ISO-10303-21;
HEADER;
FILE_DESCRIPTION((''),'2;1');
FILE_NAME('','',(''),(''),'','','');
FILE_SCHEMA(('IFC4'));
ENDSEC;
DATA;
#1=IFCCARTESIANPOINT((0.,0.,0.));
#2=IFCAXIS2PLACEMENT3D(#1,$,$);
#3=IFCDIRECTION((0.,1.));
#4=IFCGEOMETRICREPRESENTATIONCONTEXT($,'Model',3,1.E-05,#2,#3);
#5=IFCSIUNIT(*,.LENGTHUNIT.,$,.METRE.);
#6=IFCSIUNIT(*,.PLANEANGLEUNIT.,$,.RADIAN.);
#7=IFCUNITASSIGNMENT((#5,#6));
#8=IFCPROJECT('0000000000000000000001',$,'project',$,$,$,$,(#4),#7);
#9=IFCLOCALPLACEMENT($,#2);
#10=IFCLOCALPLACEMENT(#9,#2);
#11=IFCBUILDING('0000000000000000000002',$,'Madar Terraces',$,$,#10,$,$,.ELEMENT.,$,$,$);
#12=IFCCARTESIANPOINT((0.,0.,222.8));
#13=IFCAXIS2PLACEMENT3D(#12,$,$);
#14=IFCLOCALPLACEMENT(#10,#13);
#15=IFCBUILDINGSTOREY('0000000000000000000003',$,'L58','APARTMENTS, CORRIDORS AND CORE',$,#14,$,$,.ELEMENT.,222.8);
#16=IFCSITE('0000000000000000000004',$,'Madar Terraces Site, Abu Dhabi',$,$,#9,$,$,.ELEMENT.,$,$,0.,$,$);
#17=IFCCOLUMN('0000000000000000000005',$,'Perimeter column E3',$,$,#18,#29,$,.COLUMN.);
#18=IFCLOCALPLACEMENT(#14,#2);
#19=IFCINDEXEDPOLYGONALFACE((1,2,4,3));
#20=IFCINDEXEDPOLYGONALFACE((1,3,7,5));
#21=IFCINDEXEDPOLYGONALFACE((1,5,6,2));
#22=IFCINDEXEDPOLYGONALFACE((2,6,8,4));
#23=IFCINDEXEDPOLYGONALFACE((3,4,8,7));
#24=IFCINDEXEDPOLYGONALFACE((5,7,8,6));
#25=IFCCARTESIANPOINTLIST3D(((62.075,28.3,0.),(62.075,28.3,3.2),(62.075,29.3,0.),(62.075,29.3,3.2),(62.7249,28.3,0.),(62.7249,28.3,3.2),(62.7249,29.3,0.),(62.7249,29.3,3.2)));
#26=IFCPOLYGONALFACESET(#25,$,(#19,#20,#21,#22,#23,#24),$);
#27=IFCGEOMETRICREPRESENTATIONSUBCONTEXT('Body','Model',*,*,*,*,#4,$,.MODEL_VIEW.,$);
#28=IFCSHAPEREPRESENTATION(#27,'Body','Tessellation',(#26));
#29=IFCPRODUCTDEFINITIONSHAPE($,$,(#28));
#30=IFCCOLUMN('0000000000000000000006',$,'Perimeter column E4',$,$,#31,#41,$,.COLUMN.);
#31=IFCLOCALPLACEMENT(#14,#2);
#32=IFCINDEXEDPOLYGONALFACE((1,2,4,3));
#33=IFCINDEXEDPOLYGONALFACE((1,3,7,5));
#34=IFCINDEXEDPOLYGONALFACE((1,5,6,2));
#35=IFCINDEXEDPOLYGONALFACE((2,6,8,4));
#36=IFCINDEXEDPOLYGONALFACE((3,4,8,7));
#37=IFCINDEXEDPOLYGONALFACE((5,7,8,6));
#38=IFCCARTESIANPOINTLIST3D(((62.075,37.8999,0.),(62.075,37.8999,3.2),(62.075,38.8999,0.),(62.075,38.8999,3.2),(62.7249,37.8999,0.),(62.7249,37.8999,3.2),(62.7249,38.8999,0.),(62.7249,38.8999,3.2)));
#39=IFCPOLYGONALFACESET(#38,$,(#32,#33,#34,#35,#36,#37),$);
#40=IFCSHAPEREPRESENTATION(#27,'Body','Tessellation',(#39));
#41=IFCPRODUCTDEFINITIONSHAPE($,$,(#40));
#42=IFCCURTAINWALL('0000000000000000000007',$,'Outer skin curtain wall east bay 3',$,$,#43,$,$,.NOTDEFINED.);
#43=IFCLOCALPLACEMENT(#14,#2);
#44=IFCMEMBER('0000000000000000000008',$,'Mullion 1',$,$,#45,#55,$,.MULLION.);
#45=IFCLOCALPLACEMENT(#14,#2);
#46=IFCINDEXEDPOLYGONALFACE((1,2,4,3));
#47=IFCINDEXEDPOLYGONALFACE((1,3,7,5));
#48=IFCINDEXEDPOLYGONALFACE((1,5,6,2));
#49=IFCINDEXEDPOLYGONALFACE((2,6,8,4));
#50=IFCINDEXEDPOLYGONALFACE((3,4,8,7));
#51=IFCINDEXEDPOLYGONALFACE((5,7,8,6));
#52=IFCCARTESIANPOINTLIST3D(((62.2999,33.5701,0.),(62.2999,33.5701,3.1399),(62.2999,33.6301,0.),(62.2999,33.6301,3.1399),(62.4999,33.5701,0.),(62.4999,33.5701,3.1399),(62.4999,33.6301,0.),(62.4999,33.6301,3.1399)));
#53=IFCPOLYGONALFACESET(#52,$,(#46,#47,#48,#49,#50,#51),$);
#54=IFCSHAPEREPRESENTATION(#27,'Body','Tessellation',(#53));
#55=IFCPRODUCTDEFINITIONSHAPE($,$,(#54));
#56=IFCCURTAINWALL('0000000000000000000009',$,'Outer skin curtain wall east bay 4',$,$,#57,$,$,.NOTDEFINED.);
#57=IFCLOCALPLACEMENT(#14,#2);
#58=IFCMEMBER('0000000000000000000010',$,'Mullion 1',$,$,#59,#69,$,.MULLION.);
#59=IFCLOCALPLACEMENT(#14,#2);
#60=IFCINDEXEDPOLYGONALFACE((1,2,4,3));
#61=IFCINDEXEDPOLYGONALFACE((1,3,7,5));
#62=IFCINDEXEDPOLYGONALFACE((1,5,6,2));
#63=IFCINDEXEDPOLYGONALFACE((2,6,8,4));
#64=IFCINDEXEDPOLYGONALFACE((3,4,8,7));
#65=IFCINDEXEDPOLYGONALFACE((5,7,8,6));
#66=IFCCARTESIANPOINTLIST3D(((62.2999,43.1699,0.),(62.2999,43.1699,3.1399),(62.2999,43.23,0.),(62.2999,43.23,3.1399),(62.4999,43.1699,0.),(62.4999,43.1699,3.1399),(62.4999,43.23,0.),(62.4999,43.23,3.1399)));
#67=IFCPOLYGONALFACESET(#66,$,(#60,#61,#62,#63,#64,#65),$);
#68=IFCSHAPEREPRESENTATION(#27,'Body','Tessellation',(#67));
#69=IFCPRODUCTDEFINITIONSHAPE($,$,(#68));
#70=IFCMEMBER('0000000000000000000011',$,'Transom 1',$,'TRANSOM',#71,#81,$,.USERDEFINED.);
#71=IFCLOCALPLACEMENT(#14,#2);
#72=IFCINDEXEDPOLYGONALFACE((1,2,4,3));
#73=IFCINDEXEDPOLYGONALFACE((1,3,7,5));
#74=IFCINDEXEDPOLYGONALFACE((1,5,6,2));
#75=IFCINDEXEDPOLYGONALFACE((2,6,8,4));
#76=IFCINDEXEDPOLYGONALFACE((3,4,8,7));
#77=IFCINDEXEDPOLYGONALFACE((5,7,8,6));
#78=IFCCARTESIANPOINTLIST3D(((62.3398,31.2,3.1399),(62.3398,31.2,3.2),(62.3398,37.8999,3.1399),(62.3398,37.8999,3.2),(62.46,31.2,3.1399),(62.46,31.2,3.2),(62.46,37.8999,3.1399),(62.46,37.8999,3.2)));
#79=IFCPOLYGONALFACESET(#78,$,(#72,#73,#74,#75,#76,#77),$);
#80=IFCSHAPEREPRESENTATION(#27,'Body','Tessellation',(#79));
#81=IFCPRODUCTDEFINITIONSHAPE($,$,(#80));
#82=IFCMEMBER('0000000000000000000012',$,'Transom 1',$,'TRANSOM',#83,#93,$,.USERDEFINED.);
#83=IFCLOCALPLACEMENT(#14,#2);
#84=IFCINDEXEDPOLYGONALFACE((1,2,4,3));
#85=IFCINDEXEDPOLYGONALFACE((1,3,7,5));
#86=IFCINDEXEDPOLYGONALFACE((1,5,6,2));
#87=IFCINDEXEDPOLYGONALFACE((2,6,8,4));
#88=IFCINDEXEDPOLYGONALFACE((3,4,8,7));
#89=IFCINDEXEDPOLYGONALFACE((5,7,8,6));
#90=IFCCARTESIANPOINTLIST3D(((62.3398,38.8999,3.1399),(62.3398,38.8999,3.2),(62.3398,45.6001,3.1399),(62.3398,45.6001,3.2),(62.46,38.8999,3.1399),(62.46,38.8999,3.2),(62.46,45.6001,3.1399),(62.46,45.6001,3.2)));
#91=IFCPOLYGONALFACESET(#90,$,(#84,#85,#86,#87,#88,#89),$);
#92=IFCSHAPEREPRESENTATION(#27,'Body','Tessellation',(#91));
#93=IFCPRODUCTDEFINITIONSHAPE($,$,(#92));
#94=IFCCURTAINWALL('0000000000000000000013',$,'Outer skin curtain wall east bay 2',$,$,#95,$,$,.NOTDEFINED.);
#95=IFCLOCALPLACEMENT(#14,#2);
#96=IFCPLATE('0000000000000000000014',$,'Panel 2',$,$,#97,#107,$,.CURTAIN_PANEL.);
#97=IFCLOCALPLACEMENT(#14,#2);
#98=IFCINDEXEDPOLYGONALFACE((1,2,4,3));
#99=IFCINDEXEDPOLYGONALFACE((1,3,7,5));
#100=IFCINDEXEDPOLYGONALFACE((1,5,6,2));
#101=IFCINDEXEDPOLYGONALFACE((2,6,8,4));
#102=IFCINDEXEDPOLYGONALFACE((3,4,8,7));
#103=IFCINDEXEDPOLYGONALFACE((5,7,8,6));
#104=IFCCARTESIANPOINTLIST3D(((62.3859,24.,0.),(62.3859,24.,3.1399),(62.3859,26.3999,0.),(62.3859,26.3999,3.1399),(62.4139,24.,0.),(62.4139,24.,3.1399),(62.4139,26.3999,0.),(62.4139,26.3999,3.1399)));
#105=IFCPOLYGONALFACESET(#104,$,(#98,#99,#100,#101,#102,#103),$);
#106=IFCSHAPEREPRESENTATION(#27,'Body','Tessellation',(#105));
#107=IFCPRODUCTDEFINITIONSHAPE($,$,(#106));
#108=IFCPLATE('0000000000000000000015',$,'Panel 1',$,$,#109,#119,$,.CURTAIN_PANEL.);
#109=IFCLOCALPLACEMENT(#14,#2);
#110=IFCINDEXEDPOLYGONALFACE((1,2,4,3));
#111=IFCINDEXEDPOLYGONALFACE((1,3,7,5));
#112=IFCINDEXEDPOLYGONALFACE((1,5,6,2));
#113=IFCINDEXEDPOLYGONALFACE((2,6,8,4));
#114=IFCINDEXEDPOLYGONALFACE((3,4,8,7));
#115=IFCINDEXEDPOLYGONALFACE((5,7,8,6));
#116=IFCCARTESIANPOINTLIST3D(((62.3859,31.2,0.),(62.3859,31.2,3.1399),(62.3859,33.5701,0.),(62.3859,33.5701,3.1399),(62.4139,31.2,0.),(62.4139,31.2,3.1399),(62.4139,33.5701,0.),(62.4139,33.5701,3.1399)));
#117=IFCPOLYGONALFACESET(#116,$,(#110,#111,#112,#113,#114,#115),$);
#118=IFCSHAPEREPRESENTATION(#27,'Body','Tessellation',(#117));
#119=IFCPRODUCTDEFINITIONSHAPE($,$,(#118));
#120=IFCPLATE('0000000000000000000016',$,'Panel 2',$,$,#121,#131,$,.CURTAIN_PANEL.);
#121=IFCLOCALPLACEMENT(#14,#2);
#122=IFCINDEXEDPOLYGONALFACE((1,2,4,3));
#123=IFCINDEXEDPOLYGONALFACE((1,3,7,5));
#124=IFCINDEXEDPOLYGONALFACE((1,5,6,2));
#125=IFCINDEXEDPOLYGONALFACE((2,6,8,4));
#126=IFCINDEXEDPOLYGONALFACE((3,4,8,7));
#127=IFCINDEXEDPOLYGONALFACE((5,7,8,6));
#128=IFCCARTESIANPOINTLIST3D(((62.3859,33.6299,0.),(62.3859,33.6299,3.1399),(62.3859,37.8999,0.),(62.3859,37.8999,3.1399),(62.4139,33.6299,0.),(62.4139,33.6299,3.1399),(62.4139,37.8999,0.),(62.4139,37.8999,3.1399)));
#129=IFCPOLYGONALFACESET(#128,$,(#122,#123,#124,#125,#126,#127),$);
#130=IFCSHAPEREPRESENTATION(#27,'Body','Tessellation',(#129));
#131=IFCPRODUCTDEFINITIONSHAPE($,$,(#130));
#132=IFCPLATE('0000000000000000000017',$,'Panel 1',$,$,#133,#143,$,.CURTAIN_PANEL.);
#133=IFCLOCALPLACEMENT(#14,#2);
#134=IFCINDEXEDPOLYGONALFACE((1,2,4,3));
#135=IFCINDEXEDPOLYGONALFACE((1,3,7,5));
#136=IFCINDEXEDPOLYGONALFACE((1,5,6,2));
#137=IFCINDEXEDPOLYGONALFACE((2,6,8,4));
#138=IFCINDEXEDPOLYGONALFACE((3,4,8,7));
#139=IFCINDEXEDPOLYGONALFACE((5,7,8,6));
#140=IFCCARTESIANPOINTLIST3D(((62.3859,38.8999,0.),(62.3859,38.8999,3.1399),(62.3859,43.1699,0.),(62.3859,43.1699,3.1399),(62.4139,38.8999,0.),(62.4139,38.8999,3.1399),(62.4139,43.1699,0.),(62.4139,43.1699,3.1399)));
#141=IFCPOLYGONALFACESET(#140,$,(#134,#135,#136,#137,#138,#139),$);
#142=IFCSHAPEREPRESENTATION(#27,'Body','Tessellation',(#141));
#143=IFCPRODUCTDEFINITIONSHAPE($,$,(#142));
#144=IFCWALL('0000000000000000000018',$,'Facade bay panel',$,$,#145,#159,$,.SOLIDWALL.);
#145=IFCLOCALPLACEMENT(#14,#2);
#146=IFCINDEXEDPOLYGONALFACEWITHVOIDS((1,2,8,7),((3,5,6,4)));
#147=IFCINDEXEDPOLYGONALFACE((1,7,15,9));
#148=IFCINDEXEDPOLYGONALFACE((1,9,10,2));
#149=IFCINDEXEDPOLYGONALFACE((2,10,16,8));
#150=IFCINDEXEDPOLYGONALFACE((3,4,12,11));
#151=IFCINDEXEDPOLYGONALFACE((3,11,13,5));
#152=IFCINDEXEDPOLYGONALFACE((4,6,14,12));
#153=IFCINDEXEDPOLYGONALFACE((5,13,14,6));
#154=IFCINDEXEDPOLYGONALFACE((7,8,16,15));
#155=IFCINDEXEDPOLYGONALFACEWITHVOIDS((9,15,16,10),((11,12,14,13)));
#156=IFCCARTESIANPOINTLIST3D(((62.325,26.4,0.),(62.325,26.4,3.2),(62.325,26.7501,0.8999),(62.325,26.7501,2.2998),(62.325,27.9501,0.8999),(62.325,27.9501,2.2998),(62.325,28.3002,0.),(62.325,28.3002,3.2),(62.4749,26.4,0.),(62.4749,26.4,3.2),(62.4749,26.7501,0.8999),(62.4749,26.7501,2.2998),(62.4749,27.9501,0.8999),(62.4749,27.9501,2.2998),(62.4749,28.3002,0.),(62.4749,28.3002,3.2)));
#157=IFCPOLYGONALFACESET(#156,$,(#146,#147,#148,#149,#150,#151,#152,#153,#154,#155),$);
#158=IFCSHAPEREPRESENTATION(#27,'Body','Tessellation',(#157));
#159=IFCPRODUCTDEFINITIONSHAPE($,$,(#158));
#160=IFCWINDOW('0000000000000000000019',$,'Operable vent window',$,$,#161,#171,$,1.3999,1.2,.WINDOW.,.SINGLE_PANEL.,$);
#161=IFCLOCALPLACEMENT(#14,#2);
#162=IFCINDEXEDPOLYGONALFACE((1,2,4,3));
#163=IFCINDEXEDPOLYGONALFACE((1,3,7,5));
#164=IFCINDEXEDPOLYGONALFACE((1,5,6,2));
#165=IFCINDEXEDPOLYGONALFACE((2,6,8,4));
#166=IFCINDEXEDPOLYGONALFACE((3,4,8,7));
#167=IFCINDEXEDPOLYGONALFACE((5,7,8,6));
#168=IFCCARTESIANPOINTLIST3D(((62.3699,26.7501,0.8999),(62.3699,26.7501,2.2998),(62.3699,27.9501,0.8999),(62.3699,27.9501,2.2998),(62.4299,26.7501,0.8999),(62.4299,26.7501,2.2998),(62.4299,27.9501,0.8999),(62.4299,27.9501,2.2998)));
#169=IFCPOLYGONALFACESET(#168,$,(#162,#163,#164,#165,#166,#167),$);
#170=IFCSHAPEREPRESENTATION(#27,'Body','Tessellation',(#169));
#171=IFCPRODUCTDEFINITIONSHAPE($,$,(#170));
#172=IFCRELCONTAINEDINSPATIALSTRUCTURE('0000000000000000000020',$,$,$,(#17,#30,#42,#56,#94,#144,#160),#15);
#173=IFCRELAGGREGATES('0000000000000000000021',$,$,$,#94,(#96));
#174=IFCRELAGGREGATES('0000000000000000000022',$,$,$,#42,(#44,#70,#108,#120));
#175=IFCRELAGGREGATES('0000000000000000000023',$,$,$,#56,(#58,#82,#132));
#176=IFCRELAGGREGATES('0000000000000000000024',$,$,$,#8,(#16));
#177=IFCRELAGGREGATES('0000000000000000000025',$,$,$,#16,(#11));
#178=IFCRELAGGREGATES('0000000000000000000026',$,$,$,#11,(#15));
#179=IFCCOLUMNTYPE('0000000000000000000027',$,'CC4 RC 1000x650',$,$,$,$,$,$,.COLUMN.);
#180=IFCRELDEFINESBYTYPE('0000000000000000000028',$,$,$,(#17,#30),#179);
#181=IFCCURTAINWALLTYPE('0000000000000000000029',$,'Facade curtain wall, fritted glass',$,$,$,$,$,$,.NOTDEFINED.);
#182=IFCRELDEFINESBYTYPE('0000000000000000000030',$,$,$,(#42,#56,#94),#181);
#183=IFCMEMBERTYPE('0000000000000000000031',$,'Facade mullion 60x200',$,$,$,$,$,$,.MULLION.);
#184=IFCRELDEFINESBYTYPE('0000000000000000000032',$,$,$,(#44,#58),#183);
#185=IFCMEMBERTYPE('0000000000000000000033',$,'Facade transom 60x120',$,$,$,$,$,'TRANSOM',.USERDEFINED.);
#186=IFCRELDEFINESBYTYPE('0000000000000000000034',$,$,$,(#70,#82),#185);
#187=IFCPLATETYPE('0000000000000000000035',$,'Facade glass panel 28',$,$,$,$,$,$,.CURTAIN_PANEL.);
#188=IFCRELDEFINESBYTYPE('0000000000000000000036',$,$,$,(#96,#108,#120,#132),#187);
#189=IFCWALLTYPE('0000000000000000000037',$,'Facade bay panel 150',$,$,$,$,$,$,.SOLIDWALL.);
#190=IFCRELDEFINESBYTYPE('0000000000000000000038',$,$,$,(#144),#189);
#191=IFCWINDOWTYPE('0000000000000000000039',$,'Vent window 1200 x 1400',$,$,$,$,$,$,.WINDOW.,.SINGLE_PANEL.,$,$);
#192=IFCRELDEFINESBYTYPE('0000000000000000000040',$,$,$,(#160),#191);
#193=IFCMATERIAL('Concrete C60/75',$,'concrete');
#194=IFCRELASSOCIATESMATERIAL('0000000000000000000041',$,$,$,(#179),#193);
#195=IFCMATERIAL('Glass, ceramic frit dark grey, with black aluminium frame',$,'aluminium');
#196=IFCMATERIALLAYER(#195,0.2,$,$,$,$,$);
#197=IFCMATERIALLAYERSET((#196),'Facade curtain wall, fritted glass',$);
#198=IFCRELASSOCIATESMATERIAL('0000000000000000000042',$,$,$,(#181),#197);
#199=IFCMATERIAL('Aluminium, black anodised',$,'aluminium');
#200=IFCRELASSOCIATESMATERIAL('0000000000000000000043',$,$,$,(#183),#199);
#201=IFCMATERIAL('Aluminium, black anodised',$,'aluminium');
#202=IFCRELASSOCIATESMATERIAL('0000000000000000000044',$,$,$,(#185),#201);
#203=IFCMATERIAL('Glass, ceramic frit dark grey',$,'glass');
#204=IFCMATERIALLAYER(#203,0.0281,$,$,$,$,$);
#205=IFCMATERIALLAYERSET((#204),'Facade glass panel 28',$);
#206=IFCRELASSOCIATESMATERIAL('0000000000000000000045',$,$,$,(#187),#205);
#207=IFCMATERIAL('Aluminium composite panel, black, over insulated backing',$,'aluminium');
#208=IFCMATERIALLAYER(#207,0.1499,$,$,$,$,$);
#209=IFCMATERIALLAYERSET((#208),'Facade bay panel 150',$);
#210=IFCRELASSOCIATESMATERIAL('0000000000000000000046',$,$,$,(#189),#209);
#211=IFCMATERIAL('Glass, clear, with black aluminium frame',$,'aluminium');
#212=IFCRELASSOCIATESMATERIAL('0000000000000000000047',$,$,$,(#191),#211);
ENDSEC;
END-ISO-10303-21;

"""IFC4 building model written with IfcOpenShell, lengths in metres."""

from ifc_helpers import new_model, si_unit, direction, frame, frame_2d, origin, origin_2d, place, context, subcontext, project, spatial, rectangle, extrude, material, layer, layer_set, material_profile, profile_set, type_object, element, fill, aggregate, save


model = new_model("IFC4")

# Units and contexts
model_context = context("Model", 3, precision=1e-05, world=origin(), true_north=direction((0.0, 1.0)))
body_context = subcontext(model_context, "Body", "Model", "MODEL_VIEW")
ifc_project = project(units=[si_unit("LENGTHUNIT", "METRE"), si_unit("PLANEANGLEUNIT", "RADIAN")], contexts=[model_context])

# Site, building, storey
site_placement = place(None, origin())
site = spatial("IfcSite", under=ifc_project, at=site_placement, Name="Madar Terraces Site, Abu Dhabi", CompositionType="ELEMENT", RefElevation=0.0)
building_placement = place(site_placement, origin())
building = spatial("IfcBuilding", under=site, at=building_placement, Name="Madar Terraces", CompositionType="ELEMENT")
storey_placement = place(building_placement, frame((0.0, 0.0, 222.8)))
storey = spatial("IfcBuildingStorey", under=building, at=storey_placement, Name="L58", Description="APARTMENTS, CORRIDORS AND CORE", CompositionType="ELEMENT", Elevation=222.8)

# Columns
ifc_material_1 = material(Name="Concrete C60/75", Category="concrete")
ifc_material_profile_1 = material_profile(ifc_material_1, rectangle(XDim=1.0, YDim=0.6499, at=origin_2d()), Name="CC4 RC 1000x650")
ifc_profile_set_1 = profile_set([ifc_material_profile_1], Name="Concrete C60/75")
column_type = type_object("IfcColumnType", Name="CC4 RC 1000x650", PredefinedType="COLUMN", material=ifc_profile_set_1)
for number, where, z_axis, x_axis, name in (
    (1, (62.3999, 28.8, 0.0), (0.0, 0.0, 1.0), (0.0, 1.0, 0.0), "Perimeter column E3"),
    (2, (62.3999, 38.3999, 0.0), (0.0, 0.0, 1.0), (0.0, 1.0, 0.0), "Perimeter column E4"),
):
    element("IfcColumn", number, at=place(storey_placement, frame(where, z_axis=z_axis, x_axis=x_axis)), inside=storey, type_object=column_type, Name=name, PredefinedType="COLUMN", context=body_context, shape_type="SweptSolid", body=[
        extrude(rectangle(XDim=1.0, YDim=0.6499, at=origin_2d()), origin(), (0.0, 0.0, 1.0), 3.2),
    ])

# Curtain walls, members
ifc_material_2 = material(Name="Glass, ceramic frit dark grey, with black aluminium frame", Category="aluminium")
ifc_layer_1 = layer(ifc_material_2, 0.2)
ifc_layer_set_1 = layer_set([ifc_layer_1], Name="Facade curtain wall, fritted glass")
curtain_wall_type = type_object("IfcCurtainWallType", Name="Facade curtain wall, fritted glass", PredefinedType="NOTDEFINED", material=ifc_layer_set_1)
curtain_wall_1_placement = place(storey_placement, origin())
curtain_wall_1 = element("IfcCurtainWall", 3, at=curtain_wall_1_placement, inside=storey, type_object=curtain_wall_type, Name="Outer skin curtain wall east bay 3", PredefinedType="NOTDEFINED")
ifc_material_3 = material(Name="Aluminium, black anodised", Category="aluminium")
ifc_material_profile_2 = material_profile(ifc_material_3, rectangle(XDim=0.2, YDim=0.0601, at=origin_2d()), Name="Facade mullion 60x200")
ifc_profile_set_2 = profile_set([ifc_material_profile_2], Name="Aluminium, black anodised")
member_type_1 = type_object("IfcMemberType", Name="Facade mullion 60x200", PredefinedType="MULLION", material=ifc_profile_set_2)
member_1_placement = place(storey_placement, frame((62.3999, 33.6001, 0.0), z_axis=(0.0, 0.0, 1.0), x_axis=(-1.0, 0.0, 0.0)))
member_1 = element("IfcMember", 4, at=member_1_placement, type_object=member_type_1, Name="Mullion 1", PredefinedType="MULLION", context=body_context, shape_type="SweptSolid", body=[
    extrude(rectangle(XDim=0.2, YDim=0.0601, at=origin_2d()), origin(), (0.0, 0.0, 1.0), 3.1399),
])
curtain_wall_2_placement = place(storey_placement, origin())
curtain_wall_2 = element("IfcCurtainWall", 5, at=curtain_wall_2_placement, inside=storey, type_object=curtain_wall_type, Name="Outer skin curtain wall east bay 4", PredefinedType="NOTDEFINED")
member_2_placement = place(storey_placement, frame((62.3999, 43.2, 0.0), z_axis=(0.0, 0.0, 1.0), x_axis=(-1.0, 0.0, 0.0)))
member_2 = element("IfcMember", 6, at=member_2_placement, type_object=member_type_1, Name="Mullion 1", PredefinedType="MULLION", context=body_context, shape_type="SweptSolid", body=[
    extrude(rectangle(XDim=0.2, YDim=0.0601, at=origin_2d()), origin(), (0.0, 0.0, 1.0), 3.1399),
])

# Members
ifc_material_4 = material(Name="Aluminium, black anodised", Category="aluminium")
ifc_material_profile_3 = material_profile(ifc_material_4, rectangle(XDim=0.1201, YDim=0.0601, at=origin_2d()), Name="Facade transom 60x120")
ifc_profile_set_3 = profile_set([ifc_material_profile_3], Name="Aluminium, black anodised")
member_type_2 = type_object("IfcMemberType", Name="Facade transom 60x120", ElementType="TRANSOM", PredefinedType="USERDEFINED", material=ifc_profile_set_3)
member_3_placement = place(storey_placement, frame((62.3999, 31.2, 3.1699), z_axis=(0.0, 1.0, 0.0), x_axis=(-1.0, 0.0, 0.0)))
member_3 = element("IfcMember", 7, at=member_3_placement, type_object=member_type_2, Name="Transom 1", ObjectType="TRANSOM", PredefinedType="USERDEFINED", context=body_context, shape_type="SweptSolid", body=[
    extrude(rectangle(XDim=0.1201, YDim=0.0601, at=origin_2d()), origin(), (0.0, 0.0, 1.0), 6.7),
])
member_4_placement = place(storey_placement, frame((62.3999, 38.8999, 3.1699), z_axis=(0.0, 1.0, 0.0), x_axis=(-1.0, 0.0, 0.0)))
member_4 = element("IfcMember", 8, at=member_4_placement, type_object=member_type_2, Name="Transom 1", ObjectType="TRANSOM", PredefinedType="USERDEFINED", context=body_context, shape_type="SweptSolid", body=[
    extrude(rectangle(XDim=0.1201, YDim=0.0601, at=origin_2d()), origin(), (0.0, 0.0, 1.0), 6.7002),
])

# Curtain wall, plate
curtain_wall_3_placement = place(storey_placement, origin())
curtain_wall_3 = element("IfcCurtainWall", 9, at=curtain_wall_3_placement, inside=storey, type_object=curtain_wall_type, Name="Outer skin curtain wall east bay 2", PredefinedType="NOTDEFINED")
ifc_material_5 = material(Name="Glass, ceramic frit dark grey", Category="glass")
ifc_layer_2 = layer(ifc_material_5, 0.0281)
ifc_layer_set_2 = layer_set([ifc_layer_2], Name="Facade glass panel 28")
plate_type = type_object("IfcPlateType", Name="Facade glass panel 28", PredefinedType="CURTAIN_PANEL", material=ifc_layer_set_2)
plate_1_placement = place(storey_placement, frame((62.3999, 25.2, 0.0), z_axis=(0.0, 0.0, 1.0), x_axis=(0.0, 1.0, 0.0)))
plate_1 = element("IfcPlate", 10, at=plate_1_placement, type_object=plate_type, Name="Panel 2", PredefinedType="CURTAIN_PANEL", context=body_context, shape_type="SweptSolid", body=[
    extrude(rectangle(XDim=2.3999, YDim=0.0281, at=origin_2d()), origin(), (0.0, 0.0, 1.0), 3.1399),
])
aggregate(curtain_wall_3, [plate_1])

# Plates
plate_2_placement = place(storey_placement, frame((62.3999, 32.385, 0.0), z_axis=(0.0, 0.0, 1.0), x_axis=(0.0, 1.0, 0.0)))
plate_2 = element("IfcPlate", 11, at=plate_2_placement, type_object=plate_type, Name="Panel 1", PredefinedType="CURTAIN_PANEL", context=body_context, shape_type="SweptSolid", body=[
    extrude(rectangle(XDim=2.3701, YDim=0.0281, at=origin_2d()), origin(), (0.0, 0.0, 1.0), 3.1399),
])
plate_3_placement = place(storey_placement, frame((62.3999, 35.7649, 0.0), z_axis=(0.0, 0.0, 1.0), x_axis=(0.0, 1.0, 0.0)))
plate_3 = element("IfcPlate", 12, at=plate_3_placement, type_object=plate_type, Name="Panel 2", PredefinedType="CURTAIN_PANEL", context=body_context, shape_type="SweptSolid", body=[
    extrude(rectangle(XDim=4.27, YDim=0.0281, at=origin_2d()), origin(), (0.0, 0.0, 1.0), 3.1399),
])
aggregate(curtain_wall_1, [member_1, member_3, plate_2, plate_3])
plate_4_placement = place(storey_placement, frame((62.3999, 41.0349, 0.0), z_axis=(0.0, 0.0, 1.0), x_axis=(0.0, 1.0, 0.0)))
plate_4 = element("IfcPlate", 13, at=plate_4_placement, type_object=plate_type, Name="Panel 1", PredefinedType="CURTAIN_PANEL", context=body_context, shape_type="SweptSolid", body=[
    extrude(rectangle(XDim=4.27, YDim=0.0281, at=origin_2d()), origin(), (0.0, 0.0, 1.0), 3.1399),
])
aggregate(curtain_wall_2, [member_2, member_4, plate_4])

# Wall, opening, window
ifc_material_6 = material(Name="Aluminium composite panel, black, over insulated backing", Category="aluminium")
ifc_layer_3 = layer(ifc_material_6, 0.1499)
ifc_layer_set_3 = layer_set([ifc_layer_3], Name="Facade bay panel 150")
wall_type_1 = type_object("IfcWallType", Name="Facade bay panel 150", PredefinedType="SOLIDWALL", material=ifc_layer_set_3)
wall_1_placement = place(storey_placement, frame((62.3999, 26.3999, 0.0), z_axis=(0.0, 0.0, 1.0), x_axis=(0.0, 1.0, 0.0)))
wall_1 = element("IfcWall", 14, at=wall_1_placement, inside=storey, type_object=wall_type_1, Name="Facade bay panel", PredefinedType="SOLIDWALL", context=body_context, shape_type="SweptSolid", body=[
    extrude(rectangle(XDim=1.9001, YDim=0.1499, at=frame_2d((0.9502, 0.0))), origin(), (0.0, 0.0, 1.0), 3.2),
])
opening_1_placement = place(wall_1_placement, frame((0.3501, 0.0, 0.8999)))
opening_1 = element("IfcOpeningElement", 15, at=opening_1_placement, cuts=wall_1, PredefinedType="OPENING", context=body_context, shape_type="SweptSolid", body=[
    extrude(rectangle(XDim=1.2, YDim=1.3999, at=frame_2d((0.6001, 0.7))), frame((0.0, 0.085, 0.0), z_axis=(0.0, -1.0, 0.0), x_axis=(1.0, 0.0, 0.0)), (0.0, 0.0, 1.0), 0.1699),
])
ifc_material_7 = material(Name="Glass, clear, with black aluminium frame", Category="aluminium")
window_type = type_object("IfcWindowType", Name="Vent window 1200 x 1400", PartitioningType="SINGLE_PANEL", PredefinedType="WINDOW", material=ifc_material_7)
window_1_placement = place(opening_1_placement, origin())
window_1 = element("IfcWindow", 16, at=window_1_placement, inside=storey, type_object=window_type, Name="Operable vent window", OverallHeight=1.3999, OverallWidth=1.2, PartitioningType="SINGLE_PANEL", PredefinedType="WINDOW", context=body_context, shape_type="SweptSolid", body=[
    extrude(rectangle(XDim=1.2, YDim=1.3999, at=frame_2d((0.6001, 0.7))), frame((0.0, 0.03, 0.0), z_axis=(0.0, -1.0, 0.0), x_axis=(1.0, 0.0, 0.0)), (0.0, 0.0, 1.0), 0.0601),
])
fill(opening_1, window_1)

save(model, "model.ifc")
